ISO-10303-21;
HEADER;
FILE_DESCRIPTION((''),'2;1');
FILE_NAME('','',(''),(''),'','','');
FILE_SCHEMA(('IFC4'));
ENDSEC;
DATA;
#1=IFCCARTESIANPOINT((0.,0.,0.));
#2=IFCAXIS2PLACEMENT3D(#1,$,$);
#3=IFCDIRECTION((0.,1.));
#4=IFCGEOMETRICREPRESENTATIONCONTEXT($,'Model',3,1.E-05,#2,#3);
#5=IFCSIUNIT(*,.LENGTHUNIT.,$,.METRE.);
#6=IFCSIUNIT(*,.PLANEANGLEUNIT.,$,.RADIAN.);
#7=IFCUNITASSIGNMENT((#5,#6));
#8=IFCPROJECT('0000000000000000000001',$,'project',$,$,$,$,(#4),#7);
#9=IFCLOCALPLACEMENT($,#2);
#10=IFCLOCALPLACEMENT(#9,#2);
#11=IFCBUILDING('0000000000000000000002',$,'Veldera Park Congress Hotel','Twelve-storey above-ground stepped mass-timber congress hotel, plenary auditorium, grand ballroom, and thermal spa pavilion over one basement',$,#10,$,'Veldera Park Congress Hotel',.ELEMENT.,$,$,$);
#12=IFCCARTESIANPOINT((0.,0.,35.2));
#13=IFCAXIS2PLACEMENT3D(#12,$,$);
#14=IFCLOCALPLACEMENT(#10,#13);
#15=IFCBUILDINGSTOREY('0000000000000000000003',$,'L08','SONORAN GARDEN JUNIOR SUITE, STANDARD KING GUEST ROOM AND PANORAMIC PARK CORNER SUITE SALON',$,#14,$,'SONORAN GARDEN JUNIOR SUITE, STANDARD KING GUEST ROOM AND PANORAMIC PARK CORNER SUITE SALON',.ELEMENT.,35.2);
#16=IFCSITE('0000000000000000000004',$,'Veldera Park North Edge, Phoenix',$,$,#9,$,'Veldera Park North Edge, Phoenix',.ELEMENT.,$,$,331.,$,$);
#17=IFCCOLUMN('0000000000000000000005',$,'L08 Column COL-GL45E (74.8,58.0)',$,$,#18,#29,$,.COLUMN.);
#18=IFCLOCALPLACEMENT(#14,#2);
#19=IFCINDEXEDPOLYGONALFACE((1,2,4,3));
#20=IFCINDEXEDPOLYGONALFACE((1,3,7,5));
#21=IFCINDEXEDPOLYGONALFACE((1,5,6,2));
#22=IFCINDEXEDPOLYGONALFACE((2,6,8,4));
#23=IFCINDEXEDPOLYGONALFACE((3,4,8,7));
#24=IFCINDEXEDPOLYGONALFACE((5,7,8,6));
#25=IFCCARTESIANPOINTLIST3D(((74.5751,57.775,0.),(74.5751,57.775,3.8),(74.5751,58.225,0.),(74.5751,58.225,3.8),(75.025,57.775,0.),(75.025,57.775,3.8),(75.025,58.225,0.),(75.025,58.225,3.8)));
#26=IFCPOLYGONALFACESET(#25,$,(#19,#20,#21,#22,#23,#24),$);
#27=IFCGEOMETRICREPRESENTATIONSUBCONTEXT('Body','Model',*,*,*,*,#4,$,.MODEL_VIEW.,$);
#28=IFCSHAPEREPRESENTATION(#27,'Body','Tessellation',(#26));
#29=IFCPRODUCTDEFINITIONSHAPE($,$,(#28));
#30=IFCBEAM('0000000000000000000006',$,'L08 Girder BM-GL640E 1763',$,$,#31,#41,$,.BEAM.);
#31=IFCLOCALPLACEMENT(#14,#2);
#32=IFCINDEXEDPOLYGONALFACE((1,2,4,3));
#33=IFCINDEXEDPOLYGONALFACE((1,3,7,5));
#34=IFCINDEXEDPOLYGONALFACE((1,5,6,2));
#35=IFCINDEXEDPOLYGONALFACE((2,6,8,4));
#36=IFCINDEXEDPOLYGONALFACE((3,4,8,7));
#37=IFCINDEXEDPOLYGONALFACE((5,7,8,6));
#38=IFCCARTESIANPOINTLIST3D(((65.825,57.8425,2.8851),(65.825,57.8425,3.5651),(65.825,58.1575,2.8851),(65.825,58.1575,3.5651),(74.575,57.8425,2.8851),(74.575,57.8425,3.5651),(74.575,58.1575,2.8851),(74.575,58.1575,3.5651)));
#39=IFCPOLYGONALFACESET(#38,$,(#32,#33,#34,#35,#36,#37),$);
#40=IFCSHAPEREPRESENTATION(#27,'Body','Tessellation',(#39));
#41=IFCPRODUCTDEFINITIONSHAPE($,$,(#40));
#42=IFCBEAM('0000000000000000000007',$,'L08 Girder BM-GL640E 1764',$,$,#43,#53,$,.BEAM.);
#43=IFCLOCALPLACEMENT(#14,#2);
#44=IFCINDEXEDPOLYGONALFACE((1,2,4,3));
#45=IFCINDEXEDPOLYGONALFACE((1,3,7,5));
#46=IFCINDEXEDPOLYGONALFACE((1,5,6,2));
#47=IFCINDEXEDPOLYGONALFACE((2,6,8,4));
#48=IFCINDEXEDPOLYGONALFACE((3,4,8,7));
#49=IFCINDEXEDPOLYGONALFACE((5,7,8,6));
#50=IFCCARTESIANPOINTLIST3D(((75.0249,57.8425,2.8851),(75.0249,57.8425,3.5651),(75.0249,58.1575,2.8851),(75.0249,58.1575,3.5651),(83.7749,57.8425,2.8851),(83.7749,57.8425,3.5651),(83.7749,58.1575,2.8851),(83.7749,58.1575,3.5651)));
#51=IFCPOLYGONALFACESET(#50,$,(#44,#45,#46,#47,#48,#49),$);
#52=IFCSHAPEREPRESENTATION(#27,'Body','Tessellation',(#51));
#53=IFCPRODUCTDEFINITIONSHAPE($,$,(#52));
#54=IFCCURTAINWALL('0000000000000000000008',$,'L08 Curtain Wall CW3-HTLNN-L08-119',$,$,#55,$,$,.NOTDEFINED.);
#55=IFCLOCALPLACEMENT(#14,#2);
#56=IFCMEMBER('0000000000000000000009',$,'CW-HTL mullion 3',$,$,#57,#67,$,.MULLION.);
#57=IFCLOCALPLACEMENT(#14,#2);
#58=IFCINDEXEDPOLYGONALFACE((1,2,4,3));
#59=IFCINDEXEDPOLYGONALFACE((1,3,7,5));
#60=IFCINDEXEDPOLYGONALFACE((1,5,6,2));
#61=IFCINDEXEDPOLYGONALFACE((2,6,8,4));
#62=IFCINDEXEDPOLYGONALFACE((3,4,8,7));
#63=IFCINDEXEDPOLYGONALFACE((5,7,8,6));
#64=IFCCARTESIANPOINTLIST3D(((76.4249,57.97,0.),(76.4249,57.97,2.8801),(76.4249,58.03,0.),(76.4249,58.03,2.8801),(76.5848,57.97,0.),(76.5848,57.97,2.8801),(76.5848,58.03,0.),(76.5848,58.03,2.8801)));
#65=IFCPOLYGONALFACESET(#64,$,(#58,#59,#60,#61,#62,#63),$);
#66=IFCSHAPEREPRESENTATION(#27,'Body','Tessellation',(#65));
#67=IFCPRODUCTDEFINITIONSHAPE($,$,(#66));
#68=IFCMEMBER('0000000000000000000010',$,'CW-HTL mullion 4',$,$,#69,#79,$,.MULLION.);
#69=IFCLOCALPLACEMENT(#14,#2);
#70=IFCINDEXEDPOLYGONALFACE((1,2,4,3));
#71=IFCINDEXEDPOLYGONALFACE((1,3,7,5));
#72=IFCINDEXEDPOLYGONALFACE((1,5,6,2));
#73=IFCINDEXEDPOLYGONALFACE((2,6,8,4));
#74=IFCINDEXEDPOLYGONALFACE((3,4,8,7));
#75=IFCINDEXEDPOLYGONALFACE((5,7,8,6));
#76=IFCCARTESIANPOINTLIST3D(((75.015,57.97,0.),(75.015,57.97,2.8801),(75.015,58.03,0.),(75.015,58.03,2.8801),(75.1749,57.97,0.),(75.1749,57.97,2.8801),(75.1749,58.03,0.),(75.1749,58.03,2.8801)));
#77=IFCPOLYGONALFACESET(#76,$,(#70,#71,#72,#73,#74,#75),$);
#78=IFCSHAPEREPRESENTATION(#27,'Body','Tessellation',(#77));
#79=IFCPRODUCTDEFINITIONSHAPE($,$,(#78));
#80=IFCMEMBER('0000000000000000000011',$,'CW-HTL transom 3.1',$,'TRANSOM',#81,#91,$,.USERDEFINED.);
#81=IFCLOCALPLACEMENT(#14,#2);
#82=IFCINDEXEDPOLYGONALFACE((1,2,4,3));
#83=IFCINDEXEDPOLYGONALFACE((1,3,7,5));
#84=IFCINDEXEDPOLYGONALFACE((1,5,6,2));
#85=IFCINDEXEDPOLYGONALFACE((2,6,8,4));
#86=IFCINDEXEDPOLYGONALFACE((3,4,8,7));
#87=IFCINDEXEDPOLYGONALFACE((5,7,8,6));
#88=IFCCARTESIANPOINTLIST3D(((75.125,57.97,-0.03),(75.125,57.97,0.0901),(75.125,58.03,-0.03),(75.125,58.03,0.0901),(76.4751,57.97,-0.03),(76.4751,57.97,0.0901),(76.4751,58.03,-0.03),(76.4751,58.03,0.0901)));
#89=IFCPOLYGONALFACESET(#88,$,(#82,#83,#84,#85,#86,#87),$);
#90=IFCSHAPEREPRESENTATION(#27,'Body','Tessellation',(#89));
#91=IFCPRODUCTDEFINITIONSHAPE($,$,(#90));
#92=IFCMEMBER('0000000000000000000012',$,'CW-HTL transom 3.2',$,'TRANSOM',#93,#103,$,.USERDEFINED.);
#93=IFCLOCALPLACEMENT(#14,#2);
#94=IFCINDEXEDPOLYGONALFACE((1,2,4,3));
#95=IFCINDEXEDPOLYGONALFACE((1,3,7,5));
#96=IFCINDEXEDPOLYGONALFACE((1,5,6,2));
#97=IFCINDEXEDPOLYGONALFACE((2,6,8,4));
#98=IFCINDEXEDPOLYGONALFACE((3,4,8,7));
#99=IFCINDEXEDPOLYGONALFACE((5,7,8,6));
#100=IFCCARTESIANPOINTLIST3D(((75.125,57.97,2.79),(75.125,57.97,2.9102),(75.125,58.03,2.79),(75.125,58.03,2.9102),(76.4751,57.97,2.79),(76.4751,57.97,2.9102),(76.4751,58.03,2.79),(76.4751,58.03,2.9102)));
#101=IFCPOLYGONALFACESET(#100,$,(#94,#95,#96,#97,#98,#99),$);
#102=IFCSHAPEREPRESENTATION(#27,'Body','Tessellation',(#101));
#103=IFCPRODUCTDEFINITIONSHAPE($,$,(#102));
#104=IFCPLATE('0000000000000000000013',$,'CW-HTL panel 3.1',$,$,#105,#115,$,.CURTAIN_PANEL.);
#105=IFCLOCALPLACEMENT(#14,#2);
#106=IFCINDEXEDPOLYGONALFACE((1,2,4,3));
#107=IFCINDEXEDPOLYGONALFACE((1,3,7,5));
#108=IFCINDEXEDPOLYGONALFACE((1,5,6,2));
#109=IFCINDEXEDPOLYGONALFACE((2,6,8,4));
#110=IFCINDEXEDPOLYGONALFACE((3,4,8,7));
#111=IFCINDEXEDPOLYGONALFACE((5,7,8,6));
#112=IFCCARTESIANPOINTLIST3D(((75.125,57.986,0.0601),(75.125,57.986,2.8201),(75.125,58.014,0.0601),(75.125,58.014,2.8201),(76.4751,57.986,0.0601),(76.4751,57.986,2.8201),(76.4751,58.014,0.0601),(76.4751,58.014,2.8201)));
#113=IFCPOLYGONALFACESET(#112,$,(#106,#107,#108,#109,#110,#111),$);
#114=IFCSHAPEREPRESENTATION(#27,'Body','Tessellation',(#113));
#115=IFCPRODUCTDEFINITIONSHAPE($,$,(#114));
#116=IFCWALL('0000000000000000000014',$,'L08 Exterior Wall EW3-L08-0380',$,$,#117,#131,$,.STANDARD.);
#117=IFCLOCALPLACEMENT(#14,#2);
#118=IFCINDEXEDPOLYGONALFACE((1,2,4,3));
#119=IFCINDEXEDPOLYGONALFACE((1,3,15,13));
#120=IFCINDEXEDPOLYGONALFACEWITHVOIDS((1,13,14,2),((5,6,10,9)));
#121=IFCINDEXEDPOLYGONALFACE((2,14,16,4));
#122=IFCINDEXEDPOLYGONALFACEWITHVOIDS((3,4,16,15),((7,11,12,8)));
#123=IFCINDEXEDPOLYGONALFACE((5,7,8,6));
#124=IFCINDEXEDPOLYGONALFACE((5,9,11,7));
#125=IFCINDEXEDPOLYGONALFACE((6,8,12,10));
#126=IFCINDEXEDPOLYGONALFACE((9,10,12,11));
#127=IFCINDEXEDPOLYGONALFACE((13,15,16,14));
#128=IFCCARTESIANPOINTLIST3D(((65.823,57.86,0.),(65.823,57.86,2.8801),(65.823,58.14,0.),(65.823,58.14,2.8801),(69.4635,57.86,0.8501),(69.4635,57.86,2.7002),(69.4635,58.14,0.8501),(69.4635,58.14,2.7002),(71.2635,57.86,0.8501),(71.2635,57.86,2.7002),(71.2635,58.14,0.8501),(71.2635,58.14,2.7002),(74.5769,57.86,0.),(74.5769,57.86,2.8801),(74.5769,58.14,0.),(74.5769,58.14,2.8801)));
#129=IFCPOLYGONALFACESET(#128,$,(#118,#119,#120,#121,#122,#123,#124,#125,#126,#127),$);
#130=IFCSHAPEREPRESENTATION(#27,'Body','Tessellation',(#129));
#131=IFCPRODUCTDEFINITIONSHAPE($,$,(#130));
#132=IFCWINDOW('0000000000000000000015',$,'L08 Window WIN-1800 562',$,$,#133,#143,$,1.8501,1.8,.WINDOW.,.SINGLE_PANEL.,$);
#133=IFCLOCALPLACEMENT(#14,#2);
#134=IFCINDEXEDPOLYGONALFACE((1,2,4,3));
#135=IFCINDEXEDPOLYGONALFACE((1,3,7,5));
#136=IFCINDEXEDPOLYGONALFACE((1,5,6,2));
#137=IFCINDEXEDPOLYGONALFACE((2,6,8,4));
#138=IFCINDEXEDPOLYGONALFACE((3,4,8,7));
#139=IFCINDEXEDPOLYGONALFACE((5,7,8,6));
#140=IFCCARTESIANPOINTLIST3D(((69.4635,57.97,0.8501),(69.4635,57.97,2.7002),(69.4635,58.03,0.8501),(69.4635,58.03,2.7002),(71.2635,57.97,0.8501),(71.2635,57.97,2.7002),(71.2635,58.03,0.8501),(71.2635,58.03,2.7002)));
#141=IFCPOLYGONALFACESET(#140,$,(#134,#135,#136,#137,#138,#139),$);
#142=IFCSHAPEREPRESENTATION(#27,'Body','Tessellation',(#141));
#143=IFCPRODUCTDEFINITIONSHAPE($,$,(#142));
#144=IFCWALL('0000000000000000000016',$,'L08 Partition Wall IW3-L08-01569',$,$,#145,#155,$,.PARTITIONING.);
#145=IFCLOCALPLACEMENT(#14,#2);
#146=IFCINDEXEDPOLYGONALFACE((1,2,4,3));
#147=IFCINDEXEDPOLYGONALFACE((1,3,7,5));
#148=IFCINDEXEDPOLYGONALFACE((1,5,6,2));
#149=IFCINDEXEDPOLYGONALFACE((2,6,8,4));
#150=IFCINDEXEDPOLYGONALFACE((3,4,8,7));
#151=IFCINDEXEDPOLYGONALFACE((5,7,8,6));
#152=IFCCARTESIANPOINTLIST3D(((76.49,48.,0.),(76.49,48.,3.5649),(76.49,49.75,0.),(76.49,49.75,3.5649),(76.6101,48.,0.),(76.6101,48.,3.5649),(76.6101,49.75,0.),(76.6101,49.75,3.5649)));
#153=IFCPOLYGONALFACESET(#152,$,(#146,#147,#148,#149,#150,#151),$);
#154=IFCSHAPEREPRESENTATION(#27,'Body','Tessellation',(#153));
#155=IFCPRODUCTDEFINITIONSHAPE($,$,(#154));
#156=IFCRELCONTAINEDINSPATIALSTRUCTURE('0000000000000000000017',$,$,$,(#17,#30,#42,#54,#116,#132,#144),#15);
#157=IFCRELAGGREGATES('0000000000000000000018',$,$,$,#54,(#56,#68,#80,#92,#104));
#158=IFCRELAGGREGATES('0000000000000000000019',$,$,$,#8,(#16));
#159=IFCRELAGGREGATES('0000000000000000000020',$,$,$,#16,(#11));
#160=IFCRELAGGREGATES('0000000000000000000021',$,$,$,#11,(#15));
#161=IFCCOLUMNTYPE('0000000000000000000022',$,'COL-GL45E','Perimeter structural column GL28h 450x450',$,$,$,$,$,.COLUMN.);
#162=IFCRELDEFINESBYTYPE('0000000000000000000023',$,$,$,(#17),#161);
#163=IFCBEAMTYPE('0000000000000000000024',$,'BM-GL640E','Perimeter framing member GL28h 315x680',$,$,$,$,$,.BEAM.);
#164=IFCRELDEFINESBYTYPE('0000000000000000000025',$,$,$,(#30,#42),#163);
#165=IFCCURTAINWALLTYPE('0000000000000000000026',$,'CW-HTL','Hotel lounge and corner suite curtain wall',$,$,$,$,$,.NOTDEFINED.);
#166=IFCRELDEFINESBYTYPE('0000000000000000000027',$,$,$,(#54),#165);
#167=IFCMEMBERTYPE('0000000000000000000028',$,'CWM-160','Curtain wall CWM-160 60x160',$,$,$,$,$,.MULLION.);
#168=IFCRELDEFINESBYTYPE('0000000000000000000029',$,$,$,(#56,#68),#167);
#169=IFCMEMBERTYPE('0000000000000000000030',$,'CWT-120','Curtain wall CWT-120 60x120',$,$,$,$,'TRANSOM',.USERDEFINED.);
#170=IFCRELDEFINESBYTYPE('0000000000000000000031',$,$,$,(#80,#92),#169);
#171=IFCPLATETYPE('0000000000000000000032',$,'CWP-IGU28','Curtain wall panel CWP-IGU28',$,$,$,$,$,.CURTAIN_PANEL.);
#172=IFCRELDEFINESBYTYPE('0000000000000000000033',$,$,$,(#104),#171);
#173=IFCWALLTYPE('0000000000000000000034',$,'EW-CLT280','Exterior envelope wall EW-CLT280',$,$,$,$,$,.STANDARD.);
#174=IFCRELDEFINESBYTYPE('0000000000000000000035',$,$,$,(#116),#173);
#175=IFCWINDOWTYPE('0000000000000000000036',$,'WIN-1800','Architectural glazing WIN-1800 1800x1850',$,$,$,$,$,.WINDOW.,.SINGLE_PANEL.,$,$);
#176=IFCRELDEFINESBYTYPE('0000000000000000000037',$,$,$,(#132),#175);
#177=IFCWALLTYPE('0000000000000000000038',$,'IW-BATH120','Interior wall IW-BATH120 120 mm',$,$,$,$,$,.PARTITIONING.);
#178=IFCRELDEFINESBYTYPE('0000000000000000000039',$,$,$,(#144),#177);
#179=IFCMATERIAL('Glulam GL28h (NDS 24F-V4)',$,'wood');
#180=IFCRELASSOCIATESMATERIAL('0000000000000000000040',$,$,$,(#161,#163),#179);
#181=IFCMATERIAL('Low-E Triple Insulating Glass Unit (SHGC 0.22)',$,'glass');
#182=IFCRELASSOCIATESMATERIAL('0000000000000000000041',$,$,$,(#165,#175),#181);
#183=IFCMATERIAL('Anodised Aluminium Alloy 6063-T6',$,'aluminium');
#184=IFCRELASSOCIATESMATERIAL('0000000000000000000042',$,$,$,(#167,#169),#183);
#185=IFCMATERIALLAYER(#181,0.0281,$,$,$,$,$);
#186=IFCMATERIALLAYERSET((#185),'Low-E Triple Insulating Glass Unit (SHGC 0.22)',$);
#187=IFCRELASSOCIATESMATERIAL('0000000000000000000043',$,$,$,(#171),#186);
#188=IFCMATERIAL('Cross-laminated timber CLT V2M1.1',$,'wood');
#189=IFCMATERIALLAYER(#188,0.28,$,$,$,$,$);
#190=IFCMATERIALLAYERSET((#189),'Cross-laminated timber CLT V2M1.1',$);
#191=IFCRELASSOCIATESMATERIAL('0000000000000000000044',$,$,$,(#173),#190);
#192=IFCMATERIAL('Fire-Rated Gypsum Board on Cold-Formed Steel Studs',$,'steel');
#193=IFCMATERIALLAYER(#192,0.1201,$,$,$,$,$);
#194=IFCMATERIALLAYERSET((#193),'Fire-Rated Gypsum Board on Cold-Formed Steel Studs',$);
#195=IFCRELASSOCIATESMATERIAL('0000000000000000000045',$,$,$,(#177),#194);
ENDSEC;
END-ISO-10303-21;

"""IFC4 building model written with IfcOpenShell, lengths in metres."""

from ifc_helpers import new_model, si_unit, direction, frame, frame_2d, origin, origin_2d, place, context, subcontext, project, spatial, rectangle, extrude, material, layer, layer_set, material_profile, profile_set, type_object, element, fill, aggregate, save


model = new_model("IFC4")

# Units and contexts
model_context = context("Model", 3, precision=1e-05, world=origin(), true_north=direction((0.0, 1.0)))
body_context = subcontext(model_context, "Body", "Model", "MODEL_VIEW")
ifc_project = project(units=[si_unit("LENGTHUNIT", "METRE"), si_unit("PLANEANGLEUNIT", "RADIAN")], contexts=[model_context])

# Site, building, storey
site_placement = place(None, origin())
site = spatial("IfcSite", under=ifc_project, at=site_placement, Name="Veldera Park North Edge, Phoenix", LongName="Veldera Park North Edge, Phoenix", CompositionType="ELEMENT", RefElevation=331.0)
building_placement = place(site_placement, origin())
building = spatial("IfcBuilding", under=site, at=building_placement, Name="Veldera Park Congress Hotel", Description="Twelve-storey above-ground stepped mass-timber congress hotel, plenary auditorium, grand ballroom, and thermal spa pavilion over one basement", LongName="Veldera Park Congress Hotel", CompositionType="ELEMENT")
storey_placement = place(building_placement, frame((0.0, 0.0, 35.2)))
storey = spatial("IfcBuildingStorey", under=building, at=storey_placement, Name="L08", Description="SONORAN GARDEN JUNIOR SUITE, STANDARD KING GUEST ROOM AND PANORAMIC PARK CORNER SUITE SALON", LongName="SONORAN GARDEN JUNIOR SUITE, STANDARD KING GUEST ROOM AND PANORAMIC PARK CORNER SUITE SALON", CompositionType="ELEMENT", Elevation=35.2)

# Column
ifc_material_1 = material(Name="Glulam GL28h (NDS 24F-V4)", Category="wood")
ifc_material_profile_1 = material_profile(ifc_material_1, rectangle(XDim=0.45, YDim=0.45, at=origin_2d()), Name="GL28h 450x450")
ifc_profile_set_1 = profile_set([ifc_material_profile_1], Name="Glulam GL28h (NDS 24F-V4)")
column_type = type_object("IfcColumnType", Name="COL-GL45E", Description="Perimeter structural column GL28h 450x450", PredefinedType="COLUMN", material=ifc_profile_set_1)
column_placement = place(storey_placement, frame((74.8, 58.0, 0.0), z_axis=(0.0, 0.0, 1.0), x_axis=(1.0, 0.0, 0.0)))
element("IfcColumn", 1, at=column_placement, inside=storey, type_object=column_type, Name="L08 Column COL-GL45E (74.8,58.0)", PredefinedType="COLUMN", context=body_context, shape_type="SweptSolid", body=[
    extrude(rectangle(XDim=0.45, YDim=0.45, at=origin_2d()), origin(), (0.0, 0.0, 1.0), 3.8),
])

# Beams
ifc_material_profile_2 = material_profile(ifc_material_1, rectangle(XDim=0.3149, YDim=0.6799, at=origin_2d()), Name="GL28h 315x680")
ifc_profile_set_2 = profile_set([ifc_material_profile_2], Name="Glulam GL28h (NDS 24F-V4)")
beam_type = type_object("IfcBeamType", Name="BM-GL640E", Description="Perimeter framing member GL28h 315x680", PredefinedType="BEAM", material=ifc_profile_set_2)
for number, where, z_axis, x_axis, name in (
    (2, (65.825, 58.0, 3.2251), (1.0, 0.0, 0.0), (0.0, 1.0, 0.0), "L08 Girder BM-GL640E 1763"),
    (3, (75.0249, 58.0, 3.2251), (1.0, 0.0, 0.0), (0.0, 1.0, 0.0), "L08 Girder BM-GL640E 1764"),
):
    element("IfcBeam", number, at=place(storey_placement, frame(where, z_axis=z_axis, x_axis=x_axis)), inside=storey, type_object=beam_type, Name=name, PredefinedType="BEAM", context=body_context, shape_type="SweptSolid", body=[
        extrude(rectangle(XDim=0.3149, YDim=0.6799, at=origin_2d()), origin(), (0.0, 0.0, 1.0), 8.75),
    ])

# Curtain wall, members, plate
ifc_material_2 = material(Name="Low-E Triple Insulating Glass Unit (SHGC 0.22)", Category="glass")
curtain_wall_type = type_object("IfcCurtainWallType", Name="CW-HTL", Description="Hotel lounge and corner suite curtain wall", PredefinedType="NOTDEFINED", material=ifc_material_2)
curtain_wall_placement = place(storey_placement, origin())
curtain_wall = element("IfcCurtainWall", 4, at=curtain_wall_placement, inside=storey, type_object=curtain_wall_type, Name="L08 Curtain Wall CW3-HTLNN-L08-119", PredefinedType="NOTDEFINED")
ifc_material_3 = material(Name="Anodised Aluminium Alloy 6063-T6", Category="aluminium")
ifc_material_profile_3 = material_profile(ifc_material_3, rectangle(XDim=0.0601, YDim=0.1599, at=origin_2d()), Name="ALU 60x160")
ifc_profile_set_3 = profile_set([ifc_material_profile_3], Name="Anodised Aluminium Alloy 6063-T6")
member_type_1 = type_object("IfcMemberType", Name="CWM-160", Description="Curtain wall CWM-160 60x160", PredefinedType="MULLION", material=ifc_profile_set_3)
member_1_placement = place(storey_placement, frame((76.5049, 58.0, 0.0), z_axis=(0.0, 0.0, 1.0), x_axis=(0.0, -1.0, 0.0)))
member_1 = element("IfcMember", 5, at=member_1_placement, type_object=member_type_1, Name="CW-HTL mullion 3", PredefinedType="MULLION", context=body_context, shape_type="SweptSolid", body=[
    extrude(rectangle(XDim=0.0601, YDim=0.1599, at=origin_2d()), origin(), (0.0, 0.0, 1.0), 2.8801),
])
member_2_placement = place(storey_placement, frame((75.095, 58.0, 0.0), z_axis=(0.0, 0.0, 1.0), x_axis=(0.0, -1.0, 0.0)))
member_2 = element("IfcMember", 6, at=member_2_placement, type_object=member_type_1, Name="CW-HTL mullion 4", PredefinedType="MULLION", context=body_context, shape_type="SweptSolid", body=[
    extrude(rectangle(XDim=0.0601, YDim=0.1599, at=origin_2d()), origin(), (0.0, 0.0, 1.0), 2.8801),
])
ifc_material_profile_4 = material_profile(ifc_material_3, rectangle(XDim=0.0601, YDim=0.1201, at=origin_2d()), Name="ALU 60x120")
ifc_profile_set_4 = profile_set([ifc_material_profile_4], Name="Anodised Aluminium Alloy 6063-T6")
member_type_2 = type_object("IfcMemberType", Name="CWT-120", Description="Curtain wall CWT-120 60x120", ElementType="TRANSOM", PredefinedType="USERDEFINED", material=ifc_profile_set_4)
member_3_placement = place(storey_placement, frame((76.4751, 58.0, 0.03), z_axis=(-1.0, 0.0, 0.0), x_axis=(0.0, -1.0, 0.0)))
member_3 = element("IfcMember", 7, at=member_3_placement, type_object=member_type_2, Name="CW-HTL transom 3.1", ObjectType="TRANSOM", PredefinedType="USERDEFINED", context=body_context, shape_type="SweptSolid", body=[
    extrude(rectangle(XDim=0.0601, YDim=0.1201, at=origin_2d()), origin(), (0.0, 0.0, 1.0), 1.3501),
])
member_4_placement = place(storey_placement, frame((76.4751, 58.0, 2.8501), z_axis=(-1.0, 0.0, 0.0), x_axis=(0.0, -1.0, 0.0)))
member_4 = element("IfcMember", 8, at=member_4_placement, type_object=member_type_2, Name="CW-HTL transom 3.2", ObjectType="TRANSOM", PredefinedType="USERDEFINED", context=body_context, shape_type="SweptSolid", body=[
    extrude(rectangle(XDim=0.0601, YDim=0.1201, at=origin_2d()), origin(), (0.0, 0.0, 1.0), 1.3501),
])
ifc_layer_1 = layer(ifc_material_2, 0.0281)
ifc_layer_set_1 = layer_set([ifc_layer_1], Name="Low-E Triple Insulating Glass Unit (SHGC 0.22)")
plate_type = type_object("IfcPlateType", Name="CWP-IGU28", Description="Curtain wall panel CWP-IGU28", PredefinedType="CURTAIN_PANEL", material=ifc_layer_set_1)
plate_placement = place(storey_placement, frame((75.8, 58.0, 0.0601), z_axis=(0.0, 0.0, 1.0), x_axis=(-1.0, 0.0, 0.0)))
plate = element("IfcPlate", 9, at=plate_placement, type_object=plate_type, Name="CW-HTL panel 3.1", PredefinedType="CURTAIN_PANEL", context=body_context, shape_type="SweptSolid", body=[
    extrude(rectangle(XDim=1.3501, YDim=0.0281, at=origin_2d()), origin(), (0.0, 0.0, 1.0), 2.76),
])
aggregate(curtain_wall, [member_1, member_2, member_3, member_4, plate])

# Wall, opening, window
ifc_material_4 = material(Name="Cross-laminated timber CLT V2M1.1", Category="wood")
ifc_layer_2 = layer(ifc_material_4, 0.28)
ifc_layer_set_2 = layer_set([ifc_layer_2], Name="Cross-laminated timber CLT V2M1.1")
wall_type_1 = type_object("IfcWallType", Name="EW-CLT280", Description="Exterior envelope wall EW-CLT280", PredefinedType="STANDARD", material=ifc_layer_set_2)
wall_1_placement = place(storey_placement, frame((74.5769, 58.0, 0.0), z_axis=(0.0, 0.0, 1.0), x_axis=(-1.0, 0.0, 0.0)))
wall_1 = element("IfcWall", 10, at=wall_1_placement, inside=storey, type_object=wall_type_1, Name="L08 Exterior Wall EW3-L08-0380", PredefinedType="STANDARD", context=body_context, shape_type="SweptSolid", body=[
    extrude(rectangle(XDim=8.7539, YDim=0.28, at=frame_2d((4.377, 0.0))), origin(), (0.0, 0.0, 1.0), 2.8801),
])
opening_1_placement = place(wall_1_placement, frame((3.3135, 0.0, 0.8501)))
opening_1 = element("IfcOpeningElement", 11, at=opening_1_placement, cuts=wall_1, PredefinedType="OPENING", context=body_context, shape_type="SweptSolid", body=[
    extrude(rectangle(XDim=1.8, YDim=1.8501, at=frame_2d((0.8999, 0.925))), frame((0.0, 0.1521, 0.0), z_axis=(0.0, -1.0, 0.0), x_axis=(1.0, 0.0, 0.0)), (0.0, 0.0, 1.0), 0.304),
])
window_type = type_object("IfcWindowType", Name="WIN-1800", Description="Architectural glazing WIN-1800 1800x1850", PartitioningType="SINGLE_PANEL", PredefinedType="WINDOW", material=ifc_material_2)
window_placement = place(opening_1_placement, origin())
window = element("IfcWindow", 12, at=window_placement, inside=storey, type_object=window_type, Name="L08 Window WIN-1800 562", OverallHeight=1.8501, OverallWidth=1.8, PartitioningType="SINGLE_PANEL", PredefinedType="WINDOW", context=body_context, shape_type="SweptSolid", body=[
    extrude(rectangle(XDim=1.8, YDim=1.8501, at=frame_2d((0.8999, 0.925))), frame((0.0, 0.03, 0.0), z_axis=(0.0, -1.0, 0.0), x_axis=(1.0, 0.0, 0.0)), (0.0, 0.0, 1.0), 0.0601),
])
fill(opening_1, window)

# Wall
ifc_material_5 = material(Name="Fire-Rated Gypsum Board on Cold-Formed Steel Studs", Category="steel")
ifc_layer_3 = layer(ifc_material_5, 0.1201)
ifc_layer_set_3 = layer_set([ifc_layer_3], Name="Fire-Rated Gypsum Board on Cold-Formed Steel Studs")
wall_type_2 = type_object("IfcWallType", Name="IW-BATH120", Description="Interior wall IW-BATH120 120 mm", PredefinedType="PARTITIONING", material=ifc_layer_set_3)
wall_2_placement = place(storey_placement, frame((76.55, 48.0, 0.0), z_axis=(0.0, 0.0, 1.0), x_axis=(0.0, 1.0, 0.0)))
element("IfcWall", 13, at=wall_2_placement, inside=storey, type_object=wall_type_2, Name="L08 Partition Wall IW3-L08-01569", PredefinedType="PARTITIONING", context=body_context, shape_type="SweptSolid", body=[
    extrude(rectangle(XDim=1.75, YDim=0.1201, at=frame_2d((0.875, 0.0))), origin(), (0.0, 0.0, 1.0), 3.5649),
])

save(model, "model.ifc")
